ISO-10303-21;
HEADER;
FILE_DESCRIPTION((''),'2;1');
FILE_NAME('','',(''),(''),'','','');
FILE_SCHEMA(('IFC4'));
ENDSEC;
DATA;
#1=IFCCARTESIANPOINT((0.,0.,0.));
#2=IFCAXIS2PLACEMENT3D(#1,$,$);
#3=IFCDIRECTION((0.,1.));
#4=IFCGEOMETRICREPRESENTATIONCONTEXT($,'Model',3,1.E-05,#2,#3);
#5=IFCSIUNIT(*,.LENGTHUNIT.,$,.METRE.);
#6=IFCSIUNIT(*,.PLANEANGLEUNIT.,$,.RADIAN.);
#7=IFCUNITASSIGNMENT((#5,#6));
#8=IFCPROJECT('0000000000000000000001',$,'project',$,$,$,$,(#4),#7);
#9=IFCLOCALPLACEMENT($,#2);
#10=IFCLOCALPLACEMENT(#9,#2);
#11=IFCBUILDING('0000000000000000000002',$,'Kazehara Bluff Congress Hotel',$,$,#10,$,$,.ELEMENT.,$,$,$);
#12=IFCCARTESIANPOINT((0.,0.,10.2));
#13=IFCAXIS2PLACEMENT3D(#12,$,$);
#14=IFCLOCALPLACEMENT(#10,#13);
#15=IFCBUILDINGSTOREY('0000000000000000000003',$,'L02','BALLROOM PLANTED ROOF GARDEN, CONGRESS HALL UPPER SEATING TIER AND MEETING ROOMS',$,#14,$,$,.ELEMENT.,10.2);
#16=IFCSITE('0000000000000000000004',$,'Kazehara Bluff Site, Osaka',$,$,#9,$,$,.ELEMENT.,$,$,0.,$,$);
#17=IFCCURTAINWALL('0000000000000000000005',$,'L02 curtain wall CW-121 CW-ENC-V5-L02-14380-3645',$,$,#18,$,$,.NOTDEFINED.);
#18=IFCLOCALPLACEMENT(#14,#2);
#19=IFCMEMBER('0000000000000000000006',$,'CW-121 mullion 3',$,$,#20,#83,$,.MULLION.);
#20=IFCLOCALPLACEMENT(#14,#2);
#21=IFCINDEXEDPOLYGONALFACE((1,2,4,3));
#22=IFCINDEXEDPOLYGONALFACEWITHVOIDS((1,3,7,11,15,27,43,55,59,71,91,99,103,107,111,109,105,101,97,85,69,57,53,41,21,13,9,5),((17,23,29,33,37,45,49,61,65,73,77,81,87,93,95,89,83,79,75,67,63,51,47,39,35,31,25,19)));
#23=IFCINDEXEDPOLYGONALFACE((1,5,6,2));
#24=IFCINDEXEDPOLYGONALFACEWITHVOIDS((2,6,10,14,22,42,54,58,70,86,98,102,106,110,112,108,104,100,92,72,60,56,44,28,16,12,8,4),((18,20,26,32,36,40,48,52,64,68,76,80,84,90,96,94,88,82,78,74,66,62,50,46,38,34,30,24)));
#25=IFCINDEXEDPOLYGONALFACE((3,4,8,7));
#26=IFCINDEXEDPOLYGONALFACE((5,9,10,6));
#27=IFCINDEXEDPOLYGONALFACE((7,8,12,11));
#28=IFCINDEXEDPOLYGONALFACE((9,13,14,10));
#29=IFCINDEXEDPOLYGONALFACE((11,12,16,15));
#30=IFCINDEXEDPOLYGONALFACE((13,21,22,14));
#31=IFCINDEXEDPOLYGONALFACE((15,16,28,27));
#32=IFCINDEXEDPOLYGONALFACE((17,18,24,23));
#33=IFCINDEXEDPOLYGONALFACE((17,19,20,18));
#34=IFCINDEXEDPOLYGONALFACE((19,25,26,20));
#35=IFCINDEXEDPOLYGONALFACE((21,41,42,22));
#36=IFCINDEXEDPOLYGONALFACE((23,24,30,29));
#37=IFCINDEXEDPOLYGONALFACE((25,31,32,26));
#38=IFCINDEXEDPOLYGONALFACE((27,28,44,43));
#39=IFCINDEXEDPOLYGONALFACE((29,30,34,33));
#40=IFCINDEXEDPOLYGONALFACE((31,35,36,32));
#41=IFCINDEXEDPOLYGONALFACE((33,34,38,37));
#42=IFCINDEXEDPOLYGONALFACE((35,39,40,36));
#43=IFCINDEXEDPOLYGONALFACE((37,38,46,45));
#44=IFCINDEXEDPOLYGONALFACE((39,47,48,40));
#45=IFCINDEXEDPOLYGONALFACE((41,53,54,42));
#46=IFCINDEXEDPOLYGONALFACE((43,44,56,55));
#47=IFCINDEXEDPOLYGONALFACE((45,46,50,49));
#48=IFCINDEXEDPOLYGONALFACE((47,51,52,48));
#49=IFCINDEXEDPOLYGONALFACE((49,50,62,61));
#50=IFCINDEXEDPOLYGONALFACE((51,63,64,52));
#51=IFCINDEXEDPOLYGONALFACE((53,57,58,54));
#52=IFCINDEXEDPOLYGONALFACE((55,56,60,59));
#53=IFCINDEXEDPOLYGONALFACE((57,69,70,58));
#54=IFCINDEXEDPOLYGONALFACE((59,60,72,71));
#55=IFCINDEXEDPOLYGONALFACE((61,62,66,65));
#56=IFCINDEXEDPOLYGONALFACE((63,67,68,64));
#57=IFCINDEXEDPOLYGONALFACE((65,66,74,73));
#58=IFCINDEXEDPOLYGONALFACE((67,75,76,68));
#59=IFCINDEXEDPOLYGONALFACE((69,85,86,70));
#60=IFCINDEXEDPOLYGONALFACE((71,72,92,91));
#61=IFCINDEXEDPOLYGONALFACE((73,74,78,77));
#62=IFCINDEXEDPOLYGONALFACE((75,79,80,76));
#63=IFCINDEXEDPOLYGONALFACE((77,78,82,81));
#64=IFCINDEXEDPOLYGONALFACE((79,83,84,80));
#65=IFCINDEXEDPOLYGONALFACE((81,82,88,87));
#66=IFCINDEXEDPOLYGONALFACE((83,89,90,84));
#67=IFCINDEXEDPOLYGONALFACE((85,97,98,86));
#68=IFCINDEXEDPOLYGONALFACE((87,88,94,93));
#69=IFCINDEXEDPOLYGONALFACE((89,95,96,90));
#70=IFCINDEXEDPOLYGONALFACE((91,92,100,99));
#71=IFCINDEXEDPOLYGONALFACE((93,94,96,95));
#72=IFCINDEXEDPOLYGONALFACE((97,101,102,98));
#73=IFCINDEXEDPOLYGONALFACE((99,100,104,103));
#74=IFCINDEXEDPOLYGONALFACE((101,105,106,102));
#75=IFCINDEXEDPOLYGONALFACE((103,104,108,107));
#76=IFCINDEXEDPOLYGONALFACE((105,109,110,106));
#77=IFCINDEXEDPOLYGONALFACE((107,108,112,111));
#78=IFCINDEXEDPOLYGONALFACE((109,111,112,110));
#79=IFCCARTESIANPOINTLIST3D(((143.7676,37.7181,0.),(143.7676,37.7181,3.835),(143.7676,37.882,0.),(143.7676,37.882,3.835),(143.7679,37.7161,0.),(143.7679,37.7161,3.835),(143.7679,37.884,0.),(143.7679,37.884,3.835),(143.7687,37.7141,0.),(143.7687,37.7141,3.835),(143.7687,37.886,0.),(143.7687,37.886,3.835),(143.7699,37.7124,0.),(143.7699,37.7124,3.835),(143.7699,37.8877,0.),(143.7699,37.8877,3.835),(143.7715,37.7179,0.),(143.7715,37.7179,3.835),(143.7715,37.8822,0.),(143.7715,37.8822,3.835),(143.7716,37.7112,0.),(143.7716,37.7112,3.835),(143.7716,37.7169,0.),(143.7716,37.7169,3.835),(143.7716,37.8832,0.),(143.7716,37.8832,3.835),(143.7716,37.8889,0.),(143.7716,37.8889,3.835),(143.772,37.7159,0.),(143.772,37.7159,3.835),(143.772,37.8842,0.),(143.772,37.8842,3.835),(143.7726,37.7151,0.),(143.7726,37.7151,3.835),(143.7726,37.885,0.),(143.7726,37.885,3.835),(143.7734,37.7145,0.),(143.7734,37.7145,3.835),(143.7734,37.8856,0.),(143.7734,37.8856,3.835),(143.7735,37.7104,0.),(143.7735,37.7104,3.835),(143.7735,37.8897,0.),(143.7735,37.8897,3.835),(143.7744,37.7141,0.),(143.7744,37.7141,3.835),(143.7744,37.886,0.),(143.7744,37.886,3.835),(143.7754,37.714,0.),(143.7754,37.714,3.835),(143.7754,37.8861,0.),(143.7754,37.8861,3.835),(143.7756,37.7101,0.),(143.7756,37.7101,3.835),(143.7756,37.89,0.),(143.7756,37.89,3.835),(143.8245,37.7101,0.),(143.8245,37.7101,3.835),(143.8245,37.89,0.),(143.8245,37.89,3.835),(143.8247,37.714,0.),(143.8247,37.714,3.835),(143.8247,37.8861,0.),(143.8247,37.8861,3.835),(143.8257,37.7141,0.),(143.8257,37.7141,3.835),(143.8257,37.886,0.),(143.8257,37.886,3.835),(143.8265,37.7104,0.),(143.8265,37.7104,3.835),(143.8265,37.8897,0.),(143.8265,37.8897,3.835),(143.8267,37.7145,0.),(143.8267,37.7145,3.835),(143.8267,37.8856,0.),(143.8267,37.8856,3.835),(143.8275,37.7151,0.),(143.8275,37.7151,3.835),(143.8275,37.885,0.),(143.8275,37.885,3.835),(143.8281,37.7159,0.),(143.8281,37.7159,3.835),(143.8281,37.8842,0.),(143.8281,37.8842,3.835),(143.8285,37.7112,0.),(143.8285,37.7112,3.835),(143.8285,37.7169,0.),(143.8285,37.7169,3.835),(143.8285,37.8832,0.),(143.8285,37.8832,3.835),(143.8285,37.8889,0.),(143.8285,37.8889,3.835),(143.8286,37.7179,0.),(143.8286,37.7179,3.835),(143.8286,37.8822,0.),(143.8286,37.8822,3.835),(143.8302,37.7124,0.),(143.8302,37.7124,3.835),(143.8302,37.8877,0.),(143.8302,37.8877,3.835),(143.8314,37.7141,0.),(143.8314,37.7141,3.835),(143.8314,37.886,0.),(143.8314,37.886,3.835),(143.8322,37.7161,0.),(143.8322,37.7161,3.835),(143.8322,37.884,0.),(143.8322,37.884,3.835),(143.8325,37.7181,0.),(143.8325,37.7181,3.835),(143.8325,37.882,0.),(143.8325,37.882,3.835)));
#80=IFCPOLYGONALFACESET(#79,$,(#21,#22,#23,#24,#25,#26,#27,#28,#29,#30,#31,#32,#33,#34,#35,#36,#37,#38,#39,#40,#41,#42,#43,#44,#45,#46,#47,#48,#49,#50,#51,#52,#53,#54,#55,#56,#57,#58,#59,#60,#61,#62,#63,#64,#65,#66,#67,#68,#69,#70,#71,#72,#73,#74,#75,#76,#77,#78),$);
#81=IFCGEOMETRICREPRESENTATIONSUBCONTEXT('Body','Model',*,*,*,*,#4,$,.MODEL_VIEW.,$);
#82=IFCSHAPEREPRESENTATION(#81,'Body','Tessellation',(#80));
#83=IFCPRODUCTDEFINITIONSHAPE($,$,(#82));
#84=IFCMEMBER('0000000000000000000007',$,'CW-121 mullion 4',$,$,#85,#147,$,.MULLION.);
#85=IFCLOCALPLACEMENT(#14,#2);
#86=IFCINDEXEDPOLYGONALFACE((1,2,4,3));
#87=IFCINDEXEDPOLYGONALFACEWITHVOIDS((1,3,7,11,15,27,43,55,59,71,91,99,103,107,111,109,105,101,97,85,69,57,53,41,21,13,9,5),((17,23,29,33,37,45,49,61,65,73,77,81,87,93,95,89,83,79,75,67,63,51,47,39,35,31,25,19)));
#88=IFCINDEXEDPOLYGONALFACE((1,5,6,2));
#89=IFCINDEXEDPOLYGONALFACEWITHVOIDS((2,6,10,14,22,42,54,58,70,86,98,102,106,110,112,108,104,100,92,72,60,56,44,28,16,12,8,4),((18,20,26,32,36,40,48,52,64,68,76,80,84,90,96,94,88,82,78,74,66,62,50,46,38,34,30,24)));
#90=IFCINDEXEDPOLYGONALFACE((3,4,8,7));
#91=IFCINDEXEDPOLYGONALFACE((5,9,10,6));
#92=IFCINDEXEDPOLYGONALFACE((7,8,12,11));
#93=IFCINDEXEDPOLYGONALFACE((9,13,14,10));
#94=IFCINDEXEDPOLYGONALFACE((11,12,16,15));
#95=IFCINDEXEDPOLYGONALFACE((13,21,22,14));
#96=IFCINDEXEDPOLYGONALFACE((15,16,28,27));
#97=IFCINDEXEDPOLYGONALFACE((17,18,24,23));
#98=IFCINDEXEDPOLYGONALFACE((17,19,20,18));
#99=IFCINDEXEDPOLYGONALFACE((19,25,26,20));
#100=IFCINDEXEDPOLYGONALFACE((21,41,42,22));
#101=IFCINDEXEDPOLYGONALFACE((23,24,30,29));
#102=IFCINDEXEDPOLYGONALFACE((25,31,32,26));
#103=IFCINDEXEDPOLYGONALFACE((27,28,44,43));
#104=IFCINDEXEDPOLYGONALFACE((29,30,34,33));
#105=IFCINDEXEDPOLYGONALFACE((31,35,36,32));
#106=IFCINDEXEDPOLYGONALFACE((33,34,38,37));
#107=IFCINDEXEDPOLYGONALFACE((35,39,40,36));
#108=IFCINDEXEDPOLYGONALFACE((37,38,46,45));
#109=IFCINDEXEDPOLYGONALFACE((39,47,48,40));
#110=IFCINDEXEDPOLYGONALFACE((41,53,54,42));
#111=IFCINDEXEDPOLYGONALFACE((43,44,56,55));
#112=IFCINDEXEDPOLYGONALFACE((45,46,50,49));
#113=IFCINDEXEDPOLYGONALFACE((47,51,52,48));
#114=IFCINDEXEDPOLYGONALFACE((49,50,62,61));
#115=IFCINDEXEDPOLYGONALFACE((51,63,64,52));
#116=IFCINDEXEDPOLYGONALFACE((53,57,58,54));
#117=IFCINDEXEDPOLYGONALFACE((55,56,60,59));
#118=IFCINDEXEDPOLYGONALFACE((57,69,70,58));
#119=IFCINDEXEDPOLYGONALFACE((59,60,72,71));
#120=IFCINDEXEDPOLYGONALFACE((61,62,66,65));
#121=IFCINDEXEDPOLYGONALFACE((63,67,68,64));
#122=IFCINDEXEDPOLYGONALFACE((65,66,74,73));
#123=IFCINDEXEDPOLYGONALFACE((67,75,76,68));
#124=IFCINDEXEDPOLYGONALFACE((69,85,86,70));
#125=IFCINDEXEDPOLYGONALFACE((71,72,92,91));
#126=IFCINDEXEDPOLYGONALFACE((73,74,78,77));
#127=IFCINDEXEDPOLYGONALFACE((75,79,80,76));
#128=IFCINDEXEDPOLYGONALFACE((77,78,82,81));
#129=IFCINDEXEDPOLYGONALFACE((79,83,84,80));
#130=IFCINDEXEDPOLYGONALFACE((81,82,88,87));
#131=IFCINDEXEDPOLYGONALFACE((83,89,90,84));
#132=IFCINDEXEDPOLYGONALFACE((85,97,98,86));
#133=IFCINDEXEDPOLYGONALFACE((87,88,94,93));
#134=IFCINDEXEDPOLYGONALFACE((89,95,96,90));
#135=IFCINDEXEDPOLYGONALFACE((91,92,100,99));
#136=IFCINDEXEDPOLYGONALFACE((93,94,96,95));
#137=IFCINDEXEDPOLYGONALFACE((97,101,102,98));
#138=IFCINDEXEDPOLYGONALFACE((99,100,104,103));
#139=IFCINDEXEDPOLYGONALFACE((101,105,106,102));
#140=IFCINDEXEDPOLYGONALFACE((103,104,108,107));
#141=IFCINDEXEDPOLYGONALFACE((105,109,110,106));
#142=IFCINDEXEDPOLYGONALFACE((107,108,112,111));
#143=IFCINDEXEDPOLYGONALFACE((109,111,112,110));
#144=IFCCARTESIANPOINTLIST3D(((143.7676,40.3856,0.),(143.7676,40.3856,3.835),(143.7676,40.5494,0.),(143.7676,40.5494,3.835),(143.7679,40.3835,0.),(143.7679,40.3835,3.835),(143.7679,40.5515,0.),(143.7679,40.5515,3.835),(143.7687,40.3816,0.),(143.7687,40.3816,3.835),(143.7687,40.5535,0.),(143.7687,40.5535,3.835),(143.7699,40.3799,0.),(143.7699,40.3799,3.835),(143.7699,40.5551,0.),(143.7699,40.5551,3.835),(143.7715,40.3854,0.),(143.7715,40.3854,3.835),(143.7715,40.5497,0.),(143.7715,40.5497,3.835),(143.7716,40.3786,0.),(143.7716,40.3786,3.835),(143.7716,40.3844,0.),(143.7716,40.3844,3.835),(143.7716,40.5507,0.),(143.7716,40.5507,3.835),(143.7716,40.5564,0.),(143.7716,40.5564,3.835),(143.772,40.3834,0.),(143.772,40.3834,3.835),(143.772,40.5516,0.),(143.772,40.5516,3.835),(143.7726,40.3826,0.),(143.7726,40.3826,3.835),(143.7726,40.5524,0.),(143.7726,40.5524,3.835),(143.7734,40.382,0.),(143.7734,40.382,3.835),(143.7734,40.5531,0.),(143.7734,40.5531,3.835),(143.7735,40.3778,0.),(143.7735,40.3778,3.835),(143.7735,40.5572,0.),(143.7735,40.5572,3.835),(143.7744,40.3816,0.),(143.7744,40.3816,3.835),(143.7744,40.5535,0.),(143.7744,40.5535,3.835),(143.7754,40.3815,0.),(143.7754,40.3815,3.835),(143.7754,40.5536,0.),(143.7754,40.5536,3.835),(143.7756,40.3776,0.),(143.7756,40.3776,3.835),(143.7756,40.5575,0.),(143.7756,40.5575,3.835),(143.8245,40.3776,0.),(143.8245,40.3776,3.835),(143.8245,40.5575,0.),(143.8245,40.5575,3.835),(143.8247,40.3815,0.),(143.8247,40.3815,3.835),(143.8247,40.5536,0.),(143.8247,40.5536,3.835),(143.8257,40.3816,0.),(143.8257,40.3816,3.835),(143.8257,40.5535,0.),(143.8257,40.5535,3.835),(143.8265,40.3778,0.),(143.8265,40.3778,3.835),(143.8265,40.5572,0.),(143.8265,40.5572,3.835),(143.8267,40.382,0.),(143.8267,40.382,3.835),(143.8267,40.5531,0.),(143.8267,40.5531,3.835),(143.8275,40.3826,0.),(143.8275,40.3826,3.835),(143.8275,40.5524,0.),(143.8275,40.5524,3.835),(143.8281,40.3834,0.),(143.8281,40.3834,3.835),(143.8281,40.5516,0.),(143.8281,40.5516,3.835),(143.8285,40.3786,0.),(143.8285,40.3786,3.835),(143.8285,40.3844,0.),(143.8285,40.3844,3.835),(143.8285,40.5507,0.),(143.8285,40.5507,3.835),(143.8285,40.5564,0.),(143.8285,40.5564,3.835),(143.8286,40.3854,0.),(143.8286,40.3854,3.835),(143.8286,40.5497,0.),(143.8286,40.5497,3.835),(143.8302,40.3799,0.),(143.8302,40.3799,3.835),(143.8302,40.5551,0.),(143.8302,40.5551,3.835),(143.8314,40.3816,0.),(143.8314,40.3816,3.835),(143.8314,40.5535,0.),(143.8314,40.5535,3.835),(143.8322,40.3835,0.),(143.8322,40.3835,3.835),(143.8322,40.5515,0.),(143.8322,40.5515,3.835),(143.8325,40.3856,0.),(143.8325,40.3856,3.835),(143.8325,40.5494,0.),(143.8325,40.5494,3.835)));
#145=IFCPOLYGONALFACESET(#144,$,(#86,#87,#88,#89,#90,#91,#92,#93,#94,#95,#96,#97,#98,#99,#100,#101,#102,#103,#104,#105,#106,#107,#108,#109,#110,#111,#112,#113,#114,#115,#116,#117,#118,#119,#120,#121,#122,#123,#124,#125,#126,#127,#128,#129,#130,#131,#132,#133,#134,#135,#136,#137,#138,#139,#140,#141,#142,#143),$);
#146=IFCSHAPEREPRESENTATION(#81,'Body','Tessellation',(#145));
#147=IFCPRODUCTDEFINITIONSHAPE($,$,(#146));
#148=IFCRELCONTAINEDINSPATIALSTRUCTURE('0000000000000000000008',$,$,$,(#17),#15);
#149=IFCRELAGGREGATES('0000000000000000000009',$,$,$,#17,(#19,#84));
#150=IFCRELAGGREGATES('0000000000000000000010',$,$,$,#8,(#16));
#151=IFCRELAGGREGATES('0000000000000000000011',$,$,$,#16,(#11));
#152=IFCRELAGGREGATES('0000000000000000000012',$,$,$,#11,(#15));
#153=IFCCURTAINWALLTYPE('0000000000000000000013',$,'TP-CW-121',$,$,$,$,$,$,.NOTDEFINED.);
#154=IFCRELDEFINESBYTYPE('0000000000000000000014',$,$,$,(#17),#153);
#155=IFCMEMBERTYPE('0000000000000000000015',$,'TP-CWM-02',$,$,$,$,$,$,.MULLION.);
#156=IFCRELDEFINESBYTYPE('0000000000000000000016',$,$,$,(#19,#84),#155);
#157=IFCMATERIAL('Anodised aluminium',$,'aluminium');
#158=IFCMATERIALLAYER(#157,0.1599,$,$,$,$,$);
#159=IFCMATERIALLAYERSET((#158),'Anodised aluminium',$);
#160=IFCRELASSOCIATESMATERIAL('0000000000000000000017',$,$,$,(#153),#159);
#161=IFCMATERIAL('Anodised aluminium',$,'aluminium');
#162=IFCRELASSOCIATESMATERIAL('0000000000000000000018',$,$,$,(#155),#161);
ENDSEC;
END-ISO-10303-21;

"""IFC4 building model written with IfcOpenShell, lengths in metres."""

from ifc_helpers import new_model, si_unit, direction, frame, origin, origin_2d, place, context, subcontext, project, spatial, hollow_rectangle, extrude, material, layer, layer_set, material_profile, profile_set, type_object, element, aggregate, save


model = new_model("IFC4")

# Units and contexts
model_context = context("Model", 3, precision=1e-05, world=origin(), true_north=direction((0.0, 1.0)))
body_context = subcontext(model_context, "Body", "Model", "MODEL_VIEW")
ifc_project = project(units=[si_unit("LENGTHUNIT", "METRE"), si_unit("PLANEANGLEUNIT", "RADIAN")], contexts=[model_context])

# Site, building, storey
site_placement = place(None, origin())
site = spatial("IfcSite", under=ifc_project, at=site_placement, Name="Kazehara Bluff Site, Osaka", CompositionType="ELEMENT", RefElevation=0.0)
building_placement = place(site_placement, origin())
building = spatial("IfcBuilding", under=site, at=building_placement, Name="Kazehara Bluff Congress Hotel", CompositionType="ELEMENT")
storey_placement = place(building_placement, frame((0.0, 0.0, 10.2)))
storey = spatial("IfcBuildingStorey", under=building, at=storey_placement, Name="L02", Description="BALLROOM PLANTED ROOF GARDEN, CONGRESS HALL UPPER SEATING TIER AND MEETING ROOMS", CompositionType="ELEMENT", Elevation=10.2)

# Curtain wall, members
ifc_material_1 = material(Name="Anodised aluminium", Category="aluminium")
ifc_layer_1 = layer(ifc_material_1, 0.1599)
ifc_layer_set_1 = layer_set([ifc_layer_1], Name="Anodised aluminium")
curtain_wall_type_1 = type_object("IfcCurtainWallType", Name="TP-CW-121", PredefinedType="NOTDEFINED", material=ifc_layer_set_1)
curtain_wall_1_placement = place(storey_placement, origin())
curtain_wall_1 = element("IfcCurtainWall", 1, at=curtain_wall_1_placement, inside=storey, type_object=curtain_wall_type_1, Name="L02 curtain wall CW-121 CW-ENC-V5-L02-14380-3645", PredefinedType="NOTDEFINED")
ifc_material_2 = material(Name="Anodised aluminium", Category="aluminium")
ifc_material_profile_1 = material_profile(ifc_material_2, hollow_rectangle(XDim=0.0649, YDim=0.1799, WallThickness=0.0039, InnerFilletRadius=0.0039, OuterFilletRadius=0.0081, at=origin_2d()))
ifc_profile_set_1 = profile_set([ifc_material_profile_1], Name="Anodised aluminium")
member_type_1 = type_object("IfcMemberType", Name="TP-CWM-02", PredefinedType="MULLION", material=ifc_profile_set_1)
member_1_placement = place(storey_placement, frame((143.8, 37.8, 0.0), z_axis=(0.0, 0.0, 1.0), x_axis=(-1.0, 0.0, 0.0)))
member_1 = element("IfcMember", 2, at=member_1_placement, type_object=member_type_1, Name="CW-121 mullion 3", PredefinedType="MULLION", context=body_context, shape_type="SweptSolid", body=[
    extrude(hollow_rectangle(XDim=0.0649, YDim=0.1799, WallThickness=0.0039, InnerFilletRadius=0.0039, OuterFilletRadius=0.0081, at=origin_2d()), origin(), (0.0, 0.0, 1.0), 3.835),
])
member_2_placement = place(storey_placement, frame((143.8, 40.4675, 0.0), z_axis=(0.0, 0.0, 1.0), x_axis=(-1.0, 0.0, 0.0)))
member_2 = element("IfcMember", 3, at=member_2_placement, type_object=member_type_1, Name="CW-121 mullion 4", PredefinedType="MULLION", context=body_context, shape_type="SweptSolid", body=[
    extrude(hollow_rectangle(XDim=0.0649, YDim=0.1799, WallThickness=0.0039, InnerFilletRadius=0.0039, OuterFilletRadius=0.0081, at=origin_2d()), origin(), (0.0, 0.0, 1.0), 3.835),
])

aggregate(curtain_wall_1, [member_1, member_2])

save(model, "model.ifc")
